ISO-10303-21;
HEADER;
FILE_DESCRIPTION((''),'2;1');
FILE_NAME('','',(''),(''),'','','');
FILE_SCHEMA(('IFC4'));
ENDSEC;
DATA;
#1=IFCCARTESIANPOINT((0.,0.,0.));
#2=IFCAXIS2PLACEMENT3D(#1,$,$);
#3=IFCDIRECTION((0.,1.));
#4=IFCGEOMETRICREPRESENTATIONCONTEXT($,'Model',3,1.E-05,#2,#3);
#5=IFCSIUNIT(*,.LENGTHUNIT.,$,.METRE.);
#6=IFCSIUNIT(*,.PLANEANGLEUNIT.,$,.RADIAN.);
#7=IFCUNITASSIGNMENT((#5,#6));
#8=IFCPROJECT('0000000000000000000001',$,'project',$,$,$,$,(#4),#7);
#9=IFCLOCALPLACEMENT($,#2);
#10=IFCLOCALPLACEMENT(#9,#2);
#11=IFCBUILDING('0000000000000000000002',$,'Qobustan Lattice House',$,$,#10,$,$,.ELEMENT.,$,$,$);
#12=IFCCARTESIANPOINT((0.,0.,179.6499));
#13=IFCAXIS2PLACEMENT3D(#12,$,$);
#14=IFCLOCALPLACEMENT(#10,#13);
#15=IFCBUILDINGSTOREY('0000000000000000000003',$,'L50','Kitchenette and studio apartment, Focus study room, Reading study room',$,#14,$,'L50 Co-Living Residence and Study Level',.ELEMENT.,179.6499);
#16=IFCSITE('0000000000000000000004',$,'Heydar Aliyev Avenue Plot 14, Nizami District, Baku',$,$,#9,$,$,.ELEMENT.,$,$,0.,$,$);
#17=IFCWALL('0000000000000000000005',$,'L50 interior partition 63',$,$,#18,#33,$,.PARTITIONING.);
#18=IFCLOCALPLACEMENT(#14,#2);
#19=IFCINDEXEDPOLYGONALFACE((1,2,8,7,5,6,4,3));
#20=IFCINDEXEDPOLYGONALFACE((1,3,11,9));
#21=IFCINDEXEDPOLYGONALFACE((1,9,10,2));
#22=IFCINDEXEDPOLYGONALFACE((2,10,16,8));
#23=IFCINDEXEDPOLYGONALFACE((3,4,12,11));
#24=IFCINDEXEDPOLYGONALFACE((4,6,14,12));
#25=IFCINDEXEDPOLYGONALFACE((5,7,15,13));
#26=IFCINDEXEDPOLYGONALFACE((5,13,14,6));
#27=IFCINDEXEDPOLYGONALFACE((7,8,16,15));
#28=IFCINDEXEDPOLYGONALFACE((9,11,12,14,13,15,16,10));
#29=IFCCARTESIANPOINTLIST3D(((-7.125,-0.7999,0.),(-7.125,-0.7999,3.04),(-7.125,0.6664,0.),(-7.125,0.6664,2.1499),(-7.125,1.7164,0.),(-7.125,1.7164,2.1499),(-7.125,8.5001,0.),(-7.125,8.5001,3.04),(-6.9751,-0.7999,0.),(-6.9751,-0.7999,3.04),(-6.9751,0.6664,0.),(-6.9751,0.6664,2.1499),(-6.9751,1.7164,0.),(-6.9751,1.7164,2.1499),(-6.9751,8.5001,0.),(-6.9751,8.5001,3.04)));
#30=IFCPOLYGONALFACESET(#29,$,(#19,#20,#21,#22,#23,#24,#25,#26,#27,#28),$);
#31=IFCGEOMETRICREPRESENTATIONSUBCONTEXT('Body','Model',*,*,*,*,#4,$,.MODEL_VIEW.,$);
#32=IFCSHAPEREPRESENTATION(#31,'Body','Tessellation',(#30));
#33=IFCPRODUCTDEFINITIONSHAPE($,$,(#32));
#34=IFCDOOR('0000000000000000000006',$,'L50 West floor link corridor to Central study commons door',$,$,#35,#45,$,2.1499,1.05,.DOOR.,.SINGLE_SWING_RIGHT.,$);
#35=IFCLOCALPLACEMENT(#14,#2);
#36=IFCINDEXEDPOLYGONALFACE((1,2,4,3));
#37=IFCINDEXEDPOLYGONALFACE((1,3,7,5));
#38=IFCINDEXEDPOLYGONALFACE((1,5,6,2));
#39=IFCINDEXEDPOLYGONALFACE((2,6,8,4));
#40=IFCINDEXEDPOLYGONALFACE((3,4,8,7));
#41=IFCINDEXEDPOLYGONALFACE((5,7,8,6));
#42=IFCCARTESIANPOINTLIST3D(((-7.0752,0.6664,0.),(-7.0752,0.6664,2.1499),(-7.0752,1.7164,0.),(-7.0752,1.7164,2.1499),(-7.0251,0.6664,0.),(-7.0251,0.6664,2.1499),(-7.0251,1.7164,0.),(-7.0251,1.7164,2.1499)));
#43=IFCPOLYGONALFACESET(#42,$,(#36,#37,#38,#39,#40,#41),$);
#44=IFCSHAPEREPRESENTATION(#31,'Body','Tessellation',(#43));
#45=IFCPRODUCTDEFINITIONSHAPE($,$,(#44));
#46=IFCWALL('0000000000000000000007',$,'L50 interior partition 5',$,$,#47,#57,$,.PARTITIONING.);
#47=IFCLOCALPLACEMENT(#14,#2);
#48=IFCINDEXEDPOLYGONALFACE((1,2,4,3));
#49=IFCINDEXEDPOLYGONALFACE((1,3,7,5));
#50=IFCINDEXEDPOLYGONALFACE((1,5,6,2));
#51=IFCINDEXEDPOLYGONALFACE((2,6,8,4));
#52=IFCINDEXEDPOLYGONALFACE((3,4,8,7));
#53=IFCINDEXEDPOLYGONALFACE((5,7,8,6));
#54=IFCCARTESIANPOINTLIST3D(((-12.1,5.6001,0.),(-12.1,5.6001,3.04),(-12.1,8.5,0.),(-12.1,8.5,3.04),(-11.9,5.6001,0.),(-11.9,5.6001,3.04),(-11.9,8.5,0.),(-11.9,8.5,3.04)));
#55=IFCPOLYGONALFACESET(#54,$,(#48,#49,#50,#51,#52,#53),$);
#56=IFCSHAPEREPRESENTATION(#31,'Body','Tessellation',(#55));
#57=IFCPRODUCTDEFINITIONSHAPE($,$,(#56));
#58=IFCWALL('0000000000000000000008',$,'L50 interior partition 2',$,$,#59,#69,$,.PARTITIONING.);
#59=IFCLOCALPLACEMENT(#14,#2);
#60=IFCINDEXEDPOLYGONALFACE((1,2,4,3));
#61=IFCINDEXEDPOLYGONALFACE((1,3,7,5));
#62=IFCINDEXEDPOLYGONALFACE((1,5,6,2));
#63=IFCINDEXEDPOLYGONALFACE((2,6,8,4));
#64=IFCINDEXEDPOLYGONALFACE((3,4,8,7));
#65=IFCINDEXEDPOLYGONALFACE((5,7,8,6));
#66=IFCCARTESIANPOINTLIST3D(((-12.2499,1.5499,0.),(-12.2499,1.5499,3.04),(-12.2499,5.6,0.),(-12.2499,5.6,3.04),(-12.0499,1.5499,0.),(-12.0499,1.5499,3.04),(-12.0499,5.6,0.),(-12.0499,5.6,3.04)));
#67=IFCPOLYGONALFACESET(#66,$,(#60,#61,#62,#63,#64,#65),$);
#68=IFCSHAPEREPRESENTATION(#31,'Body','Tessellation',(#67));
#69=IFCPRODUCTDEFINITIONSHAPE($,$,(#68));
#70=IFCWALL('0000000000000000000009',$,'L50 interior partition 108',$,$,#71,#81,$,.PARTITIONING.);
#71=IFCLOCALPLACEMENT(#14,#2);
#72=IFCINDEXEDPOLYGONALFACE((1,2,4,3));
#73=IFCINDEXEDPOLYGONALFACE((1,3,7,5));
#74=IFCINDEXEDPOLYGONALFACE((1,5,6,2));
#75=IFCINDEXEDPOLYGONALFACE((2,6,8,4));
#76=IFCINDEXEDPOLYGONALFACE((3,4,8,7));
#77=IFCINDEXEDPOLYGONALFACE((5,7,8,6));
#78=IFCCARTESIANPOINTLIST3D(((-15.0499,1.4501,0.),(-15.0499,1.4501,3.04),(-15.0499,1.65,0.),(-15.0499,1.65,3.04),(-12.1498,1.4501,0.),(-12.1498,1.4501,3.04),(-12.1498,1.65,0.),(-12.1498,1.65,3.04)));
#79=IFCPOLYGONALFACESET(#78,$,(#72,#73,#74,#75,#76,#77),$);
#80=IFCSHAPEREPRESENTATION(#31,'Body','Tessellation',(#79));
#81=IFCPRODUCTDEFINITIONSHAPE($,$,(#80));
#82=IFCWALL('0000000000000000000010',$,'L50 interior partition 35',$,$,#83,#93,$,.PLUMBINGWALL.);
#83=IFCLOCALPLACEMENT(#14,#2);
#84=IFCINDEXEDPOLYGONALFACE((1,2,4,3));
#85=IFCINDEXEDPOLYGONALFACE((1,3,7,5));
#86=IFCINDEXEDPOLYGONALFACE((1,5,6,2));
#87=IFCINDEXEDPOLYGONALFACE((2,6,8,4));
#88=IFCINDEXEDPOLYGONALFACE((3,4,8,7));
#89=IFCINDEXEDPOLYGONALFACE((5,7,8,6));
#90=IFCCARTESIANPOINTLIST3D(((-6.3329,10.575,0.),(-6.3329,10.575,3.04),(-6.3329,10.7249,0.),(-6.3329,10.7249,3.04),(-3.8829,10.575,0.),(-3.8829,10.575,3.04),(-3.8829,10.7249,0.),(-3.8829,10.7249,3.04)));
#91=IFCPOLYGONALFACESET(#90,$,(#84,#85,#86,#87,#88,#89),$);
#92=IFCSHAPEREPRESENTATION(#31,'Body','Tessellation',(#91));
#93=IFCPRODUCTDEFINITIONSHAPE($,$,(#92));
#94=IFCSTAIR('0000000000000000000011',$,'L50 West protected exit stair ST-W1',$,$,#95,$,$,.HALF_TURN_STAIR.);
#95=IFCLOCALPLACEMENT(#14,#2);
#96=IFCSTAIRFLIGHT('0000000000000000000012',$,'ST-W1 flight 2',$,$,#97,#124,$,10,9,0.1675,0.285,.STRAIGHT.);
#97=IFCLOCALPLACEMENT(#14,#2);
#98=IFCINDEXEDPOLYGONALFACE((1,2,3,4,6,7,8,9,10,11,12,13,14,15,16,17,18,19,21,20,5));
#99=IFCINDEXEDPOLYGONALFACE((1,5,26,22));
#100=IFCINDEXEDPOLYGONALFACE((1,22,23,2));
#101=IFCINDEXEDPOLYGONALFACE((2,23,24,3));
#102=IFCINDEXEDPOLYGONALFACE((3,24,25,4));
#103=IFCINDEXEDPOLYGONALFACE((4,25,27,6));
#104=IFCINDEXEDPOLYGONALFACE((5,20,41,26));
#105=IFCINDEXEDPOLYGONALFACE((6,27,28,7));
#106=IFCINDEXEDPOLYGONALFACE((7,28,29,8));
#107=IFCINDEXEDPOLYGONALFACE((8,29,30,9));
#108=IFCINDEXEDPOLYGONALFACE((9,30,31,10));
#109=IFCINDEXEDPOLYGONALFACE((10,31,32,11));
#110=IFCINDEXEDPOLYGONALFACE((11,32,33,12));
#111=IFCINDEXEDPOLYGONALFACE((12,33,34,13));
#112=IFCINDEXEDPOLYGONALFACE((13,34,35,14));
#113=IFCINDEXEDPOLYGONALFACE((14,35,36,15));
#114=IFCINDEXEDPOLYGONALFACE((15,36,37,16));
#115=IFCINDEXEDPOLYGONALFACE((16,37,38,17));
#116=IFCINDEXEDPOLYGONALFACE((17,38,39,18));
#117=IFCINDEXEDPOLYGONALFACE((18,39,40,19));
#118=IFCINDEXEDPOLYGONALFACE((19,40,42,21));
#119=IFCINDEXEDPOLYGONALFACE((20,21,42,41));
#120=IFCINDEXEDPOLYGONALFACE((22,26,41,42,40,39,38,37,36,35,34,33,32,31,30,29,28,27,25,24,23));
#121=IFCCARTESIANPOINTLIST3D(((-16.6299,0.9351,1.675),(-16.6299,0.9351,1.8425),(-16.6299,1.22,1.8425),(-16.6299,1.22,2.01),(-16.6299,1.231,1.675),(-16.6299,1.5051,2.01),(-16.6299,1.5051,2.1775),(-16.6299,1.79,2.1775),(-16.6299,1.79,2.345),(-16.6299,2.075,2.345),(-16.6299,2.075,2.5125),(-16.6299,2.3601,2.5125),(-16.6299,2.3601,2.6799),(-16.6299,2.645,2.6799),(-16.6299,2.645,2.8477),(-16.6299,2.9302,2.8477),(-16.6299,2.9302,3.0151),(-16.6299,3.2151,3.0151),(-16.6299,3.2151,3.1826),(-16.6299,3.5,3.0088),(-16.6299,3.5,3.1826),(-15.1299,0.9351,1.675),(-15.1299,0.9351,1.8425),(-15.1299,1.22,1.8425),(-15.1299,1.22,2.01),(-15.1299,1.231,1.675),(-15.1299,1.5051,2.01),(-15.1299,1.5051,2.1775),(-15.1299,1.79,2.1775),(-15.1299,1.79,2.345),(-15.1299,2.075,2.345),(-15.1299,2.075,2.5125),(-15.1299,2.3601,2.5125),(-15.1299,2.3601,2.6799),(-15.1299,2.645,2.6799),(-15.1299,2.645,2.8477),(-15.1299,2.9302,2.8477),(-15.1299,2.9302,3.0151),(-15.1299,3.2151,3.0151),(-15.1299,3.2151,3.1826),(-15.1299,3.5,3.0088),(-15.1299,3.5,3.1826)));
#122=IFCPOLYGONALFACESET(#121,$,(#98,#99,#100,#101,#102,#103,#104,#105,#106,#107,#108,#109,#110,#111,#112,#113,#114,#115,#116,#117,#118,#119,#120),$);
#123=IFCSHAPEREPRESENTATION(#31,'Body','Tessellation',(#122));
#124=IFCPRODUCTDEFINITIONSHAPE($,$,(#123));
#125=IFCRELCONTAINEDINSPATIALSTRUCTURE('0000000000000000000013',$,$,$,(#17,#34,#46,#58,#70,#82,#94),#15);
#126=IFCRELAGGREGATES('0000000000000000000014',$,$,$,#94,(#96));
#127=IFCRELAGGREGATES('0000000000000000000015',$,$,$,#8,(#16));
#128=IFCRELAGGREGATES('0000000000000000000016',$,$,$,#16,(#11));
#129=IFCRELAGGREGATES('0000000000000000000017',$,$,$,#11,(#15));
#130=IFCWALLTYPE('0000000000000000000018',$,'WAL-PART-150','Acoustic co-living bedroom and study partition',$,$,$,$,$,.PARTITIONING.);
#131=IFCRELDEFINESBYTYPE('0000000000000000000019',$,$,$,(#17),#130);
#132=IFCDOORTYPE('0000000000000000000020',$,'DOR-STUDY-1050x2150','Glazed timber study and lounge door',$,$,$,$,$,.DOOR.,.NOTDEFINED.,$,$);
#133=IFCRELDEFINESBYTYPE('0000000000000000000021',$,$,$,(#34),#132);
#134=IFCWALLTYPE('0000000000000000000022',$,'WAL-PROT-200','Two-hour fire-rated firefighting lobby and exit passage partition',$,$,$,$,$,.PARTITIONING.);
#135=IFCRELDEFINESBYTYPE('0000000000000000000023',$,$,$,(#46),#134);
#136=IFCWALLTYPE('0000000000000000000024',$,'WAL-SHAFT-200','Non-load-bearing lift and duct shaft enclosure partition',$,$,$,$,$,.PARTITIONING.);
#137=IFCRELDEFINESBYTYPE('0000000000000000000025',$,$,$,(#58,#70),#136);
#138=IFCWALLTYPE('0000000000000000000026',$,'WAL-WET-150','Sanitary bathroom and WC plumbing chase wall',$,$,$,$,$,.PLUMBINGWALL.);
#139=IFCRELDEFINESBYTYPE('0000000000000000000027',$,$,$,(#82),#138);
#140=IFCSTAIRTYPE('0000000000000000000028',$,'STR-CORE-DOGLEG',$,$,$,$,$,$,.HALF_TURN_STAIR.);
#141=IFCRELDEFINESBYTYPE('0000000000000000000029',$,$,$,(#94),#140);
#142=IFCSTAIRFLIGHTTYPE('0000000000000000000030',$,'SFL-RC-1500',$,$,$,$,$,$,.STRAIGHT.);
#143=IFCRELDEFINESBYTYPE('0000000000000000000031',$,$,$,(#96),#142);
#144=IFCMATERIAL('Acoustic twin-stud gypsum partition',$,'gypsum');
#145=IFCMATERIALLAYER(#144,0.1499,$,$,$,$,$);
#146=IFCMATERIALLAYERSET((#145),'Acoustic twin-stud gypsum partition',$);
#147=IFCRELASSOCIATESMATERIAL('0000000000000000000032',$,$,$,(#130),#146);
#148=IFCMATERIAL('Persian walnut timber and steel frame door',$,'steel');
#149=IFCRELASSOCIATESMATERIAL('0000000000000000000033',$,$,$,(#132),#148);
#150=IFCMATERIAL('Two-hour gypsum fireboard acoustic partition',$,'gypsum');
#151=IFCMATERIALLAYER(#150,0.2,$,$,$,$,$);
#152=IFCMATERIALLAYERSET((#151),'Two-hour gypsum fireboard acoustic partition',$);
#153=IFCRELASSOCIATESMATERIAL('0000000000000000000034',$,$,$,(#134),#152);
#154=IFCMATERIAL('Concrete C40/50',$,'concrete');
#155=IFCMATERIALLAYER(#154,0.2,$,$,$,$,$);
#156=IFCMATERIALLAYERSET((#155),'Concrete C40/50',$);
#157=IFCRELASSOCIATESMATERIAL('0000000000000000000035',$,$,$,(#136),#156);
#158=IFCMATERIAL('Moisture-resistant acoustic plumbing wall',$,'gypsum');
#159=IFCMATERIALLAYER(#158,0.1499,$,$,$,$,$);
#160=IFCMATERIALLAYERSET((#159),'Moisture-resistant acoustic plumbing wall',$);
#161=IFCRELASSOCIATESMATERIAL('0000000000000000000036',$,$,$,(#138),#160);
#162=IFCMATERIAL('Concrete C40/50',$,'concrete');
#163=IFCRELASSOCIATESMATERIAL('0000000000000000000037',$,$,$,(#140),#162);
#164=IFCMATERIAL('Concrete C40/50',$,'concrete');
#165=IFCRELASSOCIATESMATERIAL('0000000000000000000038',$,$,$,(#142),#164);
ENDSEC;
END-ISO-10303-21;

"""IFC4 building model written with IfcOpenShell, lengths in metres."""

from ifc_helpers import new_model, si_unit, direction, frame, frame_2d, origin, place, context, subcontext, project, spatial, polyline, rectangle, outline, extrude, material, layer, layer_set, type_object, element, fill, aggregate, save


model = new_model("IFC4")

# Units and contexts
model_context = context("Model", 3, precision=1e-05, world=origin(), true_north=direction((0.0, 1.0)))
body_context = subcontext(model_context, "Body", "Model", "MODEL_VIEW")
ifc_project = project(units=[si_unit("LENGTHUNIT", "METRE"), si_unit("PLANEANGLEUNIT", "RADIAN")], contexts=[model_context])

# Site, building, storey
site_placement = place(None, origin())
site = spatial("IfcSite", under=ifc_project, at=site_placement, Name="Heydar Aliyev Avenue Plot 14, Nizami District, Baku", CompositionType="ELEMENT", RefElevation=0.0)
building_placement = place(site_placement, origin())
building = spatial("IfcBuilding", under=site, at=building_placement, Name="Qobustan Lattice House", CompositionType="ELEMENT")
storey_placement = place(building_placement, frame((0.0, 0.0, 179.6499)))
storey = spatial("IfcBuildingStorey", under=building, at=storey_placement, Name="L50", Description="Kitchenette and studio apartment, Focus study room, Reading study room", LongName="L50 Co-Living Residence and Study Level", CompositionType="ELEMENT", Elevation=179.6499)

# Shared definitions
ifc_material_1 = material(Name="Acoustic twin-stud gypsum partition", Category="gypsum")
ifc_layer_1 = layer(ifc_material_1, 0.1499)
ifc_layer_set_1 = layer_set([ifc_layer_1], Name="Acoustic twin-stud gypsum partition")
wall_type_1 = type_object("IfcWallType", Name="WAL-PART-150", Description="Acoustic co-living bedroom and study partition", PredefinedType="PARTITIONING", material=ifc_layer_set_1)

# Wall, opening, door
ifc_material_2 = material(Name="Persian walnut timber and steel frame door", Category="steel")
door_type_1 = type_object("IfcDoorType", Name="DOR-STUDY-1050x2150", Description="Glazed timber study and lounge door", OperationType="NOTDEFINED", PredefinedType="DOOR", material=ifc_material_2)
wall_1_placement = place(storey_placement, frame((-7.05, 8.5, 0.0), z_axis=(0.0, 0.0, 1.0), x_axis=(0.0, -1.0, 0.0)))
wall_1 = element("IfcWall", 1, at=wall_1_placement, inside=storey, type_object=wall_type_1, Name="L50 interior partition 63", PredefinedType="PARTITIONING", context=body_context, shape_type="SweptSolid", body=[
    extrude(rectangle(XDim=9.3, YDim=0.1499, at=frame_2d((4.6499, 0.0))), origin(), (0.0, 0.0, 1.0), 3.04),
])
opening_1_placement = place(wall_1_placement, frame((6.7837, 0.0, 0.0)))
opening_1 = element("IfcOpeningElement", 2, at=opening_1_placement, cuts=wall_1, PredefinedType="OPENING", context=body_context, shape_type="SweptSolid", body=[
    extrude(rectangle(XDim=1.05, YDim=2.1499, at=frame_2d((0.5249, 1.075))), frame((0.0, 0.085, 0.0), z_axis=(0.0, -1.0, 0.0), x_axis=(1.0, 0.0, 0.0)), (0.0, 0.0, 1.0), 0.1699),
])
door_1_placement = place(opening_1_placement, origin())
door_1 = element("IfcDoor", 3, at=door_1_placement, inside=storey, type_object=door_type_1, Name="L50 West floor link corridor to Central study commons door", OperationType="SINGLE_SWING_RIGHT", OverallHeight=2.1499, OverallWidth=1.05, PredefinedType="DOOR", context=body_context, shape_type="SweptSolid", body=[
    extrude(rectangle(XDim=1.05, YDim=2.1499, at=frame_2d((0.5249, 1.075))), frame((0.0, 0.0249, 0.0), z_axis=(0.0, -1.0, 0.0), x_axis=(1.0, 0.0, 0.0)), (0.0, 0.0, 1.0), 0.05),
])
fill(opening_1, door_1)
ifc_material_3 = material(Name="Two-hour gypsum fireboard acoustic partition", Category="gypsum")
ifc_layer_2 = layer(ifc_material_3, 0.2)
ifc_layer_set_2 = layer_set([ifc_layer_2], Name="Two-hour gypsum fireboard acoustic partition")
wall_type_2 = type_object("IfcWallType", Name="WAL-PROT-200", Description="Two-hour fire-rated firefighting lobby and exit passage partition", PredefinedType="PARTITIONING", material=ifc_layer_set_2)

# Walls
wall_2_placement = place(storey_placement, frame((-12.0, 5.6001, 0.0), z_axis=(0.0, 0.0, 1.0), x_axis=(0.0, 1.0, 0.0)))
element("IfcWall", 4, at=wall_2_placement, inside=storey, type_object=wall_type_2, Name="L50 interior partition 5", PredefinedType="PARTITIONING", context=body_context, shape_type="SweptSolid", body=[
    extrude(rectangle(XDim=2.8999, YDim=0.2, at=frame_2d((1.45, 0.0))), origin(), (0.0, 0.0, 1.0), 3.04),
])
ifc_material_4 = material(Name="Concrete C40/50", Category="concrete")
ifc_layer_3 = layer(ifc_material_4, 0.2)
ifc_layer_set_3 = layer_set([ifc_layer_3], Name="Concrete C40/50")
wall_type_3 = type_object("IfcWallType", Name="WAL-SHAFT-200", Description="Non-load-bearing lift and duct shaft enclosure partition", PredefinedType="PARTITIONING", material=ifc_layer_set_3)
wall_3_placement = place(storey_placement, frame((-12.1499, 1.55, 0.0), z_axis=(0.0, 0.0, 1.0), x_axis=(0.0, 1.0, 0.0)))
element("IfcWall", 5, at=wall_3_placement, inside=storey, type_object=wall_type_3, Name="L50 interior partition 2", PredefinedType="PARTITIONING", context=body_context, shape_type="SweptSolid", body=[
    extrude(rectangle(XDim=4.05, YDim=0.2, at=frame_2d((2.0249, 0.0))), origin(), (0.0, 0.0, 1.0), 3.04),
])
wall_4_placement = place(storey_placement, frame((-15.05, 1.55, 0.0), z_axis=(0.0, 0.0, 1.0), x_axis=(1.0, 0.0, 0.0)))
element("IfcWall", 6, at=wall_4_placement, inside=storey, type_object=wall_type_3, Name="L50 interior partition 108", PredefinedType="PARTITIONING", context=body_context, shape_type="SweptSolid", body=[
    extrude(rectangle(XDim=2.9001, YDim=0.2, at=frame_2d((1.4502, 0.0))), origin(), (0.0, 0.0, 1.0), 3.04),
])
ifc_material_5 = material(Name="Moisture-resistant acoustic plumbing wall", Category="gypsum")
ifc_layer_4 = layer(ifc_material_5, 0.1499)
ifc_layer_set_4 = layer_set([ifc_layer_4], Name="Moisture-resistant acoustic plumbing wall")
wall_type_4 = type_object("IfcWallType", Name="WAL-WET-150", Description="Sanitary bathroom and WC plumbing chase wall", PredefinedType="PLUMBINGWALL", material=ifc_layer_set_4)
wall_5_placement = place(storey_placement, frame((-6.333, 10.6499, 0.0), z_axis=(0.0, 0.0, 1.0), x_axis=(1.0, 0.0, 0.0)))
element("IfcWall", 7, at=wall_5_placement, inside=storey, type_object=wall_type_4, Name="L50 interior partition 35", PredefinedType="PLUMBINGWALL", context=body_context, shape_type="SweptSolid", body=[
    extrude(rectangle(XDim=2.45, YDim=0.1499, at=frame_2d((1.2251, 0.0))), origin(), (0.0, 0.0, 1.0), 3.04),
])

# Stair, stair flight
ifc_material_6 = material(Name="Concrete C40/50", Category="concrete")
stair_type = type_object("IfcStairType", Name="STR-CORE-DOGLEG", PredefinedType="HALF_TURN_STAIR", material=ifc_material_6)
stair_placement = place(storey_placement, origin())
stair = element("IfcStair", 8, at=stair_placement, inside=storey, type_object=stair_type, Name="L50 West protected exit stair ST-W1", PredefinedType="HALF_TURN_STAIR")
ifc_material_7 = material(Name="Concrete C40/50", Category="concrete")
stair_flight_type = type_object("IfcStairFlightType", Name="SFL-RC-1500", PredefinedType="STRAIGHT", material=ifc_material_7)
stair_flight_placement = place(storey_placement, frame((-15.8799, 0.9351, 1.675), z_axis=(0.0, 0.0, 1.0), x_axis=(0.0, 1.0, 0.0)))
stair_flight = element("IfcStairFlight", 9, at=stair_flight_placement, type_object=stair_flight_type, Name="ST-W1 flight 2", NumberOfRisers=10, NumberOfTreads=9, PredefinedType="STRAIGHT", RiserHeight=0.1675, TreadLength=0.285, context=body_context, shape_type="SweptSolid", body=[
    extrude(outline(polyline([(0.0, 0.0), (0.0, 0.1675), (0.2849, 0.1675), (0.2849, 0.335), (0.5701, 0.335), (0.5701, 0.5024), (0.855, 0.5024), (0.855, 0.6699), (1.1399, 0.6699), (1.1399, 0.8374), (1.425, 0.8374), (1.425, 1.0049), (1.71, 1.0049), (1.71, 1.1726), (1.9951, 1.1726), (1.9951, 1.3401), (2.28, 1.3401), (2.28, 1.5076), (2.5649, 1.5076), (2.5649, 1.675), (2.5649, 1.3337), (0.2959, 0.0), (0.0, 0.0)])), frame((0.0, 0.75, 0.0), z_axis=(0.0, -1.0, 0.0), x_axis=(1.0, 0.0, 0.0)), (0.0, 0.0, 1.0), 1.5),
])
aggregate(stair, [stair_flight])

save(model, "model.ifc")
